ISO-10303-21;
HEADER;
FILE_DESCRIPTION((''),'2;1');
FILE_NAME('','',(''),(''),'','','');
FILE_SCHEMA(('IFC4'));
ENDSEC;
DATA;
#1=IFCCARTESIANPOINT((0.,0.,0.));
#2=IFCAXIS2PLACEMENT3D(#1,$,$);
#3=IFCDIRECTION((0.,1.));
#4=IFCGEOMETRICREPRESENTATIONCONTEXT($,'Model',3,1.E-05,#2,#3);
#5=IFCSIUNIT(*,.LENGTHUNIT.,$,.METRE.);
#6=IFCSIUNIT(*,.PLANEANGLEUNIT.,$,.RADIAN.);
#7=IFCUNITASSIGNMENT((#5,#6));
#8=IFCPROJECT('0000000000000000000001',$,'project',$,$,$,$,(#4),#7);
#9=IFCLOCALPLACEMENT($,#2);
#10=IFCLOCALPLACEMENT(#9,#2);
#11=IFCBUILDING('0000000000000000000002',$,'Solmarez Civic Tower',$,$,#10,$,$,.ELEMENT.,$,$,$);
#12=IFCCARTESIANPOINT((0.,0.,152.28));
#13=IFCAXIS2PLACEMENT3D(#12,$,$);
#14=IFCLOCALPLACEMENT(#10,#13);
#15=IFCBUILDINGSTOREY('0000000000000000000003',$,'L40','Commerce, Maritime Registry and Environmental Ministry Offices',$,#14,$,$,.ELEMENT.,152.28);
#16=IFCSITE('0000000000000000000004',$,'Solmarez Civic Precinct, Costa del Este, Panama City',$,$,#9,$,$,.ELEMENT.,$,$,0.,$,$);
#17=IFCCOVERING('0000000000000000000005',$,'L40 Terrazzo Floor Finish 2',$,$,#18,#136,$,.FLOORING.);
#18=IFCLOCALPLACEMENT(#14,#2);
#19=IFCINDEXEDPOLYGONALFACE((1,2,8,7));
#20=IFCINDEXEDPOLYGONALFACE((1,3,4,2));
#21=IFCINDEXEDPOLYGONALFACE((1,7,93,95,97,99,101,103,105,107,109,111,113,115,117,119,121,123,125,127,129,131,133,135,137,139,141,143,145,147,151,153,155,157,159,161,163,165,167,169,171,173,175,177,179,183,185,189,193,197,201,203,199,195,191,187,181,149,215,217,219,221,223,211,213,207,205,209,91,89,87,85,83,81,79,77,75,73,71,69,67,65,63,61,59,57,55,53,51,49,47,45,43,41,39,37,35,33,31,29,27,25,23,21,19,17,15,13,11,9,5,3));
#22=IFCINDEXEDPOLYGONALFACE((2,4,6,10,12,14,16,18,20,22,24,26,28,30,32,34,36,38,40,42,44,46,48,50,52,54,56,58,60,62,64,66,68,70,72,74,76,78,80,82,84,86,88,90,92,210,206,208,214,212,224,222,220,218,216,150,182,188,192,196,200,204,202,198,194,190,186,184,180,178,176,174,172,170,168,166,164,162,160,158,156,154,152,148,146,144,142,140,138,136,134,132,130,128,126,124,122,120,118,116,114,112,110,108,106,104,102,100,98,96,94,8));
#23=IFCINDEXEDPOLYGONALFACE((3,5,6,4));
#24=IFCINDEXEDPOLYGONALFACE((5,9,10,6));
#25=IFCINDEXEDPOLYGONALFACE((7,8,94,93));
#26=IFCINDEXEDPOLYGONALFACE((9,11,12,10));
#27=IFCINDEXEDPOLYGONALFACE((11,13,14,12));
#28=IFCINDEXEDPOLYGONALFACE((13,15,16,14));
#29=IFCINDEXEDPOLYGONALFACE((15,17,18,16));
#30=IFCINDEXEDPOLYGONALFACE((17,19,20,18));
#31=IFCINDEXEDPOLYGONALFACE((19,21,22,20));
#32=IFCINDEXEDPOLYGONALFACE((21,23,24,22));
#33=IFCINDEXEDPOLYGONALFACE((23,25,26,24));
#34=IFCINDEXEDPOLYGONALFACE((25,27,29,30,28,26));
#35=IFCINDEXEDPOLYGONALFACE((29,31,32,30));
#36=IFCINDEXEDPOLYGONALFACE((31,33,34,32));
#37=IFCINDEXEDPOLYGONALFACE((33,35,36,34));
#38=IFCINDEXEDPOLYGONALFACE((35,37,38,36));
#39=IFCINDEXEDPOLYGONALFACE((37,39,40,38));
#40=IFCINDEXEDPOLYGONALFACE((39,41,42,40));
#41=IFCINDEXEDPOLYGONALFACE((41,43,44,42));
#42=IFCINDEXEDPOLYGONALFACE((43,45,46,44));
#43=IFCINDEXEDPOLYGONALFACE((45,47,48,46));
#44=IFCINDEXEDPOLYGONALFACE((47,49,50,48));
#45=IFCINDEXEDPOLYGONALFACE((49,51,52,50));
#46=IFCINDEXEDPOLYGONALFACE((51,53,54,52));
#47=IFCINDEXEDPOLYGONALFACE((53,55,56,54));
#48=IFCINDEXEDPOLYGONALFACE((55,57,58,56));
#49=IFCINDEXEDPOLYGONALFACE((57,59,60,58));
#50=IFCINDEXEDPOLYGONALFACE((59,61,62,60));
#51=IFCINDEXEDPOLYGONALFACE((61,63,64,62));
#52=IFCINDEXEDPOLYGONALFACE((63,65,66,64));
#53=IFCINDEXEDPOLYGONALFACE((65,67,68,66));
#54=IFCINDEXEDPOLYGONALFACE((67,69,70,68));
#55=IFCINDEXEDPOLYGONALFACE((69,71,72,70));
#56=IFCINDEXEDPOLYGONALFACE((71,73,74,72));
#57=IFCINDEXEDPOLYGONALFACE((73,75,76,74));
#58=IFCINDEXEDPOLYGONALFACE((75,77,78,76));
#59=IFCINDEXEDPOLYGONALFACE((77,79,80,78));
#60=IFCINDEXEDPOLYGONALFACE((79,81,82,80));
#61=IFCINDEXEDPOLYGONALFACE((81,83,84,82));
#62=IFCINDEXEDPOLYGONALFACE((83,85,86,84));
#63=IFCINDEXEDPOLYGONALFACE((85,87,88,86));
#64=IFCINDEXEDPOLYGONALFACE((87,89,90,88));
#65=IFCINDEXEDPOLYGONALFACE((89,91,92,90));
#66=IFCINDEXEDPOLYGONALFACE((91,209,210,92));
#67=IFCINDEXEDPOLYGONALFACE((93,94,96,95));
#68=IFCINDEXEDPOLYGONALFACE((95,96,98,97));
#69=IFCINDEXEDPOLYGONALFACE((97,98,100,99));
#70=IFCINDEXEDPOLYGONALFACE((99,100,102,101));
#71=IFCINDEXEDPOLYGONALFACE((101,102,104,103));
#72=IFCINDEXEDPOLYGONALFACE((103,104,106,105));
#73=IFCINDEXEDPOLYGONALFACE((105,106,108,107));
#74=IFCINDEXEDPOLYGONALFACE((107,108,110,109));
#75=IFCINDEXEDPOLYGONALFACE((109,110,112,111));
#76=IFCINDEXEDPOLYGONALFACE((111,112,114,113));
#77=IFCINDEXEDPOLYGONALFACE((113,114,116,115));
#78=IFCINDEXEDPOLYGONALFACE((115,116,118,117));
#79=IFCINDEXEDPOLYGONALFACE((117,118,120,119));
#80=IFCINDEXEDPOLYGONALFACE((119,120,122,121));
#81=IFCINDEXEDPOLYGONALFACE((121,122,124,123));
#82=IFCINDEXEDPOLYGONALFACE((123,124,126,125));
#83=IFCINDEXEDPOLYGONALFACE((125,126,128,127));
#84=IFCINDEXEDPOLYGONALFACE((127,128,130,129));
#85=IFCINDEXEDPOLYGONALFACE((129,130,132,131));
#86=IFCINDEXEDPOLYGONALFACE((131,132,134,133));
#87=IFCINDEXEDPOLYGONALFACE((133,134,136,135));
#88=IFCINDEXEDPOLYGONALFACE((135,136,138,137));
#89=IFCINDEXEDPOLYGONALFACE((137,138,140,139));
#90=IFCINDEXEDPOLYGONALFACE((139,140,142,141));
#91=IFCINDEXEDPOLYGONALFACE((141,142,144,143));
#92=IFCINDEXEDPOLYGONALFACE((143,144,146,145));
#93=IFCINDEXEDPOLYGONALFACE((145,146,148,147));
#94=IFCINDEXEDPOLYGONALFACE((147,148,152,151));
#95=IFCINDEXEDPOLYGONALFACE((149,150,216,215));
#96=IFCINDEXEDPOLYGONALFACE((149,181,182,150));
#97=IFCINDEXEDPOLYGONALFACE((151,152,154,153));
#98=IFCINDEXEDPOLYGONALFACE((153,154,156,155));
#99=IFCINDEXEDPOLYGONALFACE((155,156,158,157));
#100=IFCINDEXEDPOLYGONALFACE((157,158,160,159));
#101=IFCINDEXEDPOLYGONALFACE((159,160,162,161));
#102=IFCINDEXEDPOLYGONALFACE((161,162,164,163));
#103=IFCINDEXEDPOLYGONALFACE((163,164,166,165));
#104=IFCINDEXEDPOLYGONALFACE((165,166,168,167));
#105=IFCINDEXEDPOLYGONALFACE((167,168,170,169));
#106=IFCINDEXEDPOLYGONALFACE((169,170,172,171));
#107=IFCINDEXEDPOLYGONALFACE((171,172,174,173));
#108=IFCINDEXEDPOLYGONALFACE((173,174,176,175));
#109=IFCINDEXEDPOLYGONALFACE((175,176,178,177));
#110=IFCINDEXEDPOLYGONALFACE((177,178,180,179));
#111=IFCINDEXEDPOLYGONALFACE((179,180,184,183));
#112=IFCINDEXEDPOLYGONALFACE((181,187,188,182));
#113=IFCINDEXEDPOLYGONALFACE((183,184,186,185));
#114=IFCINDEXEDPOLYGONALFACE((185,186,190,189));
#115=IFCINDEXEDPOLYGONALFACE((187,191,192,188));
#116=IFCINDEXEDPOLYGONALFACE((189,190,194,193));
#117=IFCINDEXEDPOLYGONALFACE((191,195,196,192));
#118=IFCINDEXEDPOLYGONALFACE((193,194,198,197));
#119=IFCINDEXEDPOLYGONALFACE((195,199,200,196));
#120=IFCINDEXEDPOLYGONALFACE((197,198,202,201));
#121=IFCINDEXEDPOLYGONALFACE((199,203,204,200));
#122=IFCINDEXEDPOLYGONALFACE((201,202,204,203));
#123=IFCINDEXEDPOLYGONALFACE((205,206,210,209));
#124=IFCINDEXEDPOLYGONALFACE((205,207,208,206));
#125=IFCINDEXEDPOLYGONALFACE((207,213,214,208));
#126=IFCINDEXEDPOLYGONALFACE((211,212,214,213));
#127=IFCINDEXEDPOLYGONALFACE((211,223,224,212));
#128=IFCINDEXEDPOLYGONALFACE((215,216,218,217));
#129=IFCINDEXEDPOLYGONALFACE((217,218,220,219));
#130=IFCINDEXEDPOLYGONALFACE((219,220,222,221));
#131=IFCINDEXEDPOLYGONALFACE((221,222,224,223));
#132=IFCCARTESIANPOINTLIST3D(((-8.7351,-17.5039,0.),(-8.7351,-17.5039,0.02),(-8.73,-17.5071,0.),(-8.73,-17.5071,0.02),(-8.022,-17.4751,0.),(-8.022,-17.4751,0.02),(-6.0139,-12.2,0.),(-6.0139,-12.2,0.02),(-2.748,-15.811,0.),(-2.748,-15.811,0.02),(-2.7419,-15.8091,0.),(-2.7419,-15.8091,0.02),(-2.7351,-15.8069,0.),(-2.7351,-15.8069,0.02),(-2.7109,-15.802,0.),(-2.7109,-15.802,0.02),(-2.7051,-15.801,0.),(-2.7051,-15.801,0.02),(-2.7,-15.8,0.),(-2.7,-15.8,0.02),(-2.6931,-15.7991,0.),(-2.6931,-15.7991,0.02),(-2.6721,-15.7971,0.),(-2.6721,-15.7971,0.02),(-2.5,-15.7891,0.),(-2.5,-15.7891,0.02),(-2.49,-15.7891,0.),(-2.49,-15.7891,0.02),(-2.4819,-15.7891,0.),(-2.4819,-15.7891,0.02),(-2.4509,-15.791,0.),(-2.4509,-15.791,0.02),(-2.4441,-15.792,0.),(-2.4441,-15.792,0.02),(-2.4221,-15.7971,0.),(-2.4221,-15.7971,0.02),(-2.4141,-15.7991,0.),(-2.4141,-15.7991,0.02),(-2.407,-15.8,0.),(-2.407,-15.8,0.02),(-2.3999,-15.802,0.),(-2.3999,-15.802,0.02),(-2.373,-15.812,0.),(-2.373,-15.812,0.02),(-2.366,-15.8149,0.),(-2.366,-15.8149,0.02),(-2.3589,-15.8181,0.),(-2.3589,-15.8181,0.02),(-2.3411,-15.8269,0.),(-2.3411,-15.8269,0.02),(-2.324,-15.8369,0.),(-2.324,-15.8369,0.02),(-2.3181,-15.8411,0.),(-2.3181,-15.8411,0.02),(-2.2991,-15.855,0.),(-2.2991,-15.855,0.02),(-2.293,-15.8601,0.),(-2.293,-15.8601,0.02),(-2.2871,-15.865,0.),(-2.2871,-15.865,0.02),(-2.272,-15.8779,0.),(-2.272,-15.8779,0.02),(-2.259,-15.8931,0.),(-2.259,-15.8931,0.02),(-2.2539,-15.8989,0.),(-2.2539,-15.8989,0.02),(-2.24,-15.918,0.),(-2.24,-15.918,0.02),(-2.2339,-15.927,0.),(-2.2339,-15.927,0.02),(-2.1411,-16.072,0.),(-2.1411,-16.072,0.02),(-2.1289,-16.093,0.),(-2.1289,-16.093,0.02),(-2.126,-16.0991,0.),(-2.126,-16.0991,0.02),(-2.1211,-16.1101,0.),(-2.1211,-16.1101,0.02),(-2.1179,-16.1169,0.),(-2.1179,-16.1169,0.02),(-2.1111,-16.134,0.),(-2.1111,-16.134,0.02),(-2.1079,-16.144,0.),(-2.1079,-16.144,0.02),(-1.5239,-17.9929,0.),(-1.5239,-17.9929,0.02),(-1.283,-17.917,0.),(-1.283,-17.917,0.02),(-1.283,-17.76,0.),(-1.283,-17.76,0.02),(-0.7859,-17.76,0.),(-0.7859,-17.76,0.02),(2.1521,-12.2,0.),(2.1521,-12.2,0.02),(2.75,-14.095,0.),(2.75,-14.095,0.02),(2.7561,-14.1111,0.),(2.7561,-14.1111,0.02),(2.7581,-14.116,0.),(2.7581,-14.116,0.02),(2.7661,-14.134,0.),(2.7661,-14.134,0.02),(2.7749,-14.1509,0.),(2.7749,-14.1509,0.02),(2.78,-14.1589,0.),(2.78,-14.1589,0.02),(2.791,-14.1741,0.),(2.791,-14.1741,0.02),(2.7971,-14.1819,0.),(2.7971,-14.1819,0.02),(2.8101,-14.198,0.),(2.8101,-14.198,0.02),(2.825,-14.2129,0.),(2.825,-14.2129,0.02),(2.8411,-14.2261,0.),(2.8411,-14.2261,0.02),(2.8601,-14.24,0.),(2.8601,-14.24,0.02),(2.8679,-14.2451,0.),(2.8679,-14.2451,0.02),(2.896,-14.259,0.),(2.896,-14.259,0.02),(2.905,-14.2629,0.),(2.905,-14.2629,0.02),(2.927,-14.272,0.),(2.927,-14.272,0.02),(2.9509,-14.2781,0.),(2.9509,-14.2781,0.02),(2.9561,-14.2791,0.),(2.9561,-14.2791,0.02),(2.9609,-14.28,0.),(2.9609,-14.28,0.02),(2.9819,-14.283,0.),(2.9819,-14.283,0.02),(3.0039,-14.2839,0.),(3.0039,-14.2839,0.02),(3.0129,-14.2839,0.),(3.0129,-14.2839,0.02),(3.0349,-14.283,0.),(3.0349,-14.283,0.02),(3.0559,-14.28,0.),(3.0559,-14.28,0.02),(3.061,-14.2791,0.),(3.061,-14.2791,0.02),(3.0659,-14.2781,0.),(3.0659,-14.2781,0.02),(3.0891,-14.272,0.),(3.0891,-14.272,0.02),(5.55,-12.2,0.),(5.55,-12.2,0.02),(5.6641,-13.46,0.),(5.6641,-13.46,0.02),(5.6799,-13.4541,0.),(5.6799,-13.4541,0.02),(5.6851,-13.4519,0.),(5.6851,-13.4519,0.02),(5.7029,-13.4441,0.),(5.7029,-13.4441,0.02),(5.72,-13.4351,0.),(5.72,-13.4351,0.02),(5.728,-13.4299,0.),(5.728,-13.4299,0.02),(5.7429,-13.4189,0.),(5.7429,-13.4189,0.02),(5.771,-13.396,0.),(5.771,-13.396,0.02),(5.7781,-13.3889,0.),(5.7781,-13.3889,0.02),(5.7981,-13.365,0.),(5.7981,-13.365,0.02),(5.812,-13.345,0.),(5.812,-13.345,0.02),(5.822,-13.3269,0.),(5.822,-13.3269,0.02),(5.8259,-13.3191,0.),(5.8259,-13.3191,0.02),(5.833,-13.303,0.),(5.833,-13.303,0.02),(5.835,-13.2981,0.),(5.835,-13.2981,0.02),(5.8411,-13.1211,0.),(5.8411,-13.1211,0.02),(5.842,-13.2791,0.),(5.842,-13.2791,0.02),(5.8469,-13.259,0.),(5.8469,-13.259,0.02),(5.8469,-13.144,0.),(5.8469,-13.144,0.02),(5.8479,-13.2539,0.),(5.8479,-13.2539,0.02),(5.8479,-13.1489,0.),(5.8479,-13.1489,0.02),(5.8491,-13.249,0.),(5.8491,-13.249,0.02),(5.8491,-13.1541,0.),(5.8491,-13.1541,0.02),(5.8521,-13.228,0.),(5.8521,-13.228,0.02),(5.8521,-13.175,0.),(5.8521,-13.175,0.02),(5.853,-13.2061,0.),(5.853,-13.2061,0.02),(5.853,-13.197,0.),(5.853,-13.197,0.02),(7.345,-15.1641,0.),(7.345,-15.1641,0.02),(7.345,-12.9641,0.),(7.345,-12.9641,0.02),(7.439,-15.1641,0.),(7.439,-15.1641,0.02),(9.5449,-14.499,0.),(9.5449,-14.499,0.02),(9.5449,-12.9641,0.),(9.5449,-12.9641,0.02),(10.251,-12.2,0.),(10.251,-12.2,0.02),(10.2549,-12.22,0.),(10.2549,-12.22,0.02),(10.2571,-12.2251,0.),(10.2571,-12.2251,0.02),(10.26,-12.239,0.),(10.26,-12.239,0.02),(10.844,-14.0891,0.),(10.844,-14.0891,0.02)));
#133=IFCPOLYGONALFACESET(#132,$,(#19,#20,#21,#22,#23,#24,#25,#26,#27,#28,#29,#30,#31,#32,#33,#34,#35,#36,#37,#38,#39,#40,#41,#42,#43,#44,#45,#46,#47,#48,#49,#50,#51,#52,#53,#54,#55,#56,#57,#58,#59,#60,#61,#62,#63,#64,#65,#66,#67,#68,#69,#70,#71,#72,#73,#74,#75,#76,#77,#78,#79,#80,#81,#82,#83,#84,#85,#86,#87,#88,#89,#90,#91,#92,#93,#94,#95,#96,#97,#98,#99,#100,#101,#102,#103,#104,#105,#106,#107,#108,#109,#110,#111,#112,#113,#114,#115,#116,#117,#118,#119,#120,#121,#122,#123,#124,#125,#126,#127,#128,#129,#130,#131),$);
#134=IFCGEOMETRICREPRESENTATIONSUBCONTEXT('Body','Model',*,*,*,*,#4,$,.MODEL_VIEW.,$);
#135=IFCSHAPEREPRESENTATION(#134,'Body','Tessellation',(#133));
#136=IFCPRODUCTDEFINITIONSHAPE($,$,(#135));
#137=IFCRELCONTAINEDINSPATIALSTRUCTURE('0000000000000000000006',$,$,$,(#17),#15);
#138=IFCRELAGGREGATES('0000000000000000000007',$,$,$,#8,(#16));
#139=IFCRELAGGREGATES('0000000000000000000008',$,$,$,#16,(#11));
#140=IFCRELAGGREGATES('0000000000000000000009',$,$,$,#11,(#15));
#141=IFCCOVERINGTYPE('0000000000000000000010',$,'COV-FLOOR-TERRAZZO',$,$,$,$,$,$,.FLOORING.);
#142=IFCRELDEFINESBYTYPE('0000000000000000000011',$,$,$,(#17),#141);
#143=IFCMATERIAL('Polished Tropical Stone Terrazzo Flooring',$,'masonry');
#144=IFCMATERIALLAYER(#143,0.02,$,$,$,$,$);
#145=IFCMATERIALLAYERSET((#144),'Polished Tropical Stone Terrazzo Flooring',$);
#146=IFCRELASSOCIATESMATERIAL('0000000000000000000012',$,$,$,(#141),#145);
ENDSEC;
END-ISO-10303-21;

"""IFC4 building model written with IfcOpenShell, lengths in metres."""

from ifc_helpers import new_model, si_unit, direction, frame, origin, place, context, subcontext, project, spatial, polyline, outline, extrude, material, layer, layer_set, type_object, element, save


model = new_model("IFC4")

# Units and contexts
model_context = context("Model", 3, precision=1e-05, world=origin(), true_north=direction((0.0, 1.0)))
body_context = subcontext(model_context, "Body", "Model", "MODEL_VIEW")
ifc_project = project(units=[si_unit("LENGTHUNIT", "METRE"), si_unit("PLANEANGLEUNIT", "RADIAN")], contexts=[model_context])

# Site, building, storey
site_placement = place(None, origin())
site = spatial("IfcSite", under=ifc_project, at=site_placement, Name="Solmarez Civic Precinct, Costa del Este, Panama City", CompositionType="ELEMENT", RefElevation=0.0)
building_placement = place(site_placement, origin())
building = spatial("IfcBuilding", under=site, at=building_placement, Name="Solmarez Civic Tower", CompositionType="ELEMENT")
storey_placement = place(building_placement, frame((0.0, 0.0, 152.28)))
storey = spatial("IfcBuildingStorey", under=building, at=storey_placement, Name="L40", Description="Commerce, Maritime Registry and Environmental Ministry Offices", CompositionType="ELEMENT", Elevation=152.28)

# Covering
ifc_material_1 = material(Name="Polished Tropical Stone Terrazzo Flooring", Category="masonry")
ifc_layer_1 = layer(ifc_material_1, 0.02)
ifc_layer_set_1 = layer_set([ifc_layer_1], Name="Polished Tropical Stone Terrazzo Flooring")
covering_type_1 = type_object("IfcCoveringType", Name="COV-FLOOR-TERRAZZO", PredefinedType="FLOORING", material=ifc_layer_set_1)
covering_1_placement = place(storey_placement, origin())
element("IfcCovering", 1, at=covering_1_placement, inside=storey, type_object=covering_type_1, Name="L40 Terrazzo Floor Finish 2", PredefinedType="FLOORING", context=body_context, shape_type="SweptSolid", body=[
    extrude(outline(polyline([(10.2571, -12.2251), (10.2549, -12.22), (10.251, -12.2), (5.55, -12.2), (5.8411, -13.1211), (5.8469, -13.144), (5.8479, -13.1489), (5.8491, -13.1541), (5.8521, -13.175), (5.853, -13.197), (5.853, -13.2061), (5.8521, -13.228), (5.8491, -13.249), (5.8479, -13.2539), (5.8469, -13.259), (5.842, -13.2791), (5.835, -13.2981), (5.833, -13.303), (5.8259, -13.3191), (5.822, -13.3269), (5.812, -13.345), (5.7981, -13.365), (5.7781, -13.3889), (5.771, -13.396), (5.7429, -13.4189), (5.728, -13.4299), (5.72, -13.4351), (5.7029, -13.4441), (5.6851, -13.4519), (5.6799, -13.4541), (5.6641, -13.46), (3.0891, -14.272), (3.0659, -14.2781), (3.061, -14.2791), (3.0559, -14.28), (3.0349, -14.283), (3.0129, -14.2839), (3.0039, -14.2839), (2.9819, -14.283), (2.9609, -14.28), (2.9561, -14.2791), (2.9509, -14.2781), (2.927, -14.272), (2.905, -14.2629), (2.896, -14.259), (2.8679, -14.2451), (2.8601, -14.24), (2.8411, -14.2261), (2.825, -14.2129), (2.8101, -14.198), (2.7971, -14.1819), (2.791, -14.1741), (2.78, -14.1589), (2.7749, -14.1509), (2.7661, -14.134), (2.7581, -14.116), (2.7561, -14.1111), (2.75, -14.095), (2.1521, -12.2), (-6.0139, -12.2), (-8.7351, -17.5039), (-8.73, -17.5071), (-8.022, -17.4751), (-2.748, -15.811), (-2.7419, -15.8091), (-2.7351, -15.8069), (-2.7109, -15.802), (-2.7051, -15.801), (-2.7, -15.8), (-2.6931, -15.7991), (-2.6721, -15.7971), (-2.5, -15.7891), (-2.49, -15.7891), (-2.4819, -15.7891), (-2.4509, -15.791), (-2.4441, -15.792), (-2.4221, -15.7971), (-2.4141, -15.7991), (-2.407, -15.8), (-2.3999, -15.802), (-2.373, -15.812), (-2.366, -15.8149), (-2.3589, -15.8181), (-2.3411, -15.8269), (-2.324, -15.8369), (-2.3181, -15.8411), (-2.2991, -15.855), (-2.293, -15.8601), (-2.2871, -15.865), (-2.272, -15.8779), (-2.259, -15.8931), (-2.2539, -15.8989), (-2.24, -15.918), (-2.2339, -15.927), (-2.1411, -16.072), (-2.1289, -16.093), (-2.126, -16.0991), (-2.1211, -16.1101), (-2.1179, -16.1169), (-2.1111, -16.134), (-2.1079, -16.144), (-1.5239, -17.9929), (-1.283, -17.917), (-1.283, -17.76), (-0.7859, -17.76), (7.439, -15.1641), (7.345, -15.1641), (7.345, -12.9641), (9.5449, -12.9641), (9.5449, -14.499), (10.844, -14.0891), (10.26, -12.239), (10.2571, -12.2251)])), origin(), (0.0, 0.0, 1.0), 0.02),
])

save(model, "model.ifc")
